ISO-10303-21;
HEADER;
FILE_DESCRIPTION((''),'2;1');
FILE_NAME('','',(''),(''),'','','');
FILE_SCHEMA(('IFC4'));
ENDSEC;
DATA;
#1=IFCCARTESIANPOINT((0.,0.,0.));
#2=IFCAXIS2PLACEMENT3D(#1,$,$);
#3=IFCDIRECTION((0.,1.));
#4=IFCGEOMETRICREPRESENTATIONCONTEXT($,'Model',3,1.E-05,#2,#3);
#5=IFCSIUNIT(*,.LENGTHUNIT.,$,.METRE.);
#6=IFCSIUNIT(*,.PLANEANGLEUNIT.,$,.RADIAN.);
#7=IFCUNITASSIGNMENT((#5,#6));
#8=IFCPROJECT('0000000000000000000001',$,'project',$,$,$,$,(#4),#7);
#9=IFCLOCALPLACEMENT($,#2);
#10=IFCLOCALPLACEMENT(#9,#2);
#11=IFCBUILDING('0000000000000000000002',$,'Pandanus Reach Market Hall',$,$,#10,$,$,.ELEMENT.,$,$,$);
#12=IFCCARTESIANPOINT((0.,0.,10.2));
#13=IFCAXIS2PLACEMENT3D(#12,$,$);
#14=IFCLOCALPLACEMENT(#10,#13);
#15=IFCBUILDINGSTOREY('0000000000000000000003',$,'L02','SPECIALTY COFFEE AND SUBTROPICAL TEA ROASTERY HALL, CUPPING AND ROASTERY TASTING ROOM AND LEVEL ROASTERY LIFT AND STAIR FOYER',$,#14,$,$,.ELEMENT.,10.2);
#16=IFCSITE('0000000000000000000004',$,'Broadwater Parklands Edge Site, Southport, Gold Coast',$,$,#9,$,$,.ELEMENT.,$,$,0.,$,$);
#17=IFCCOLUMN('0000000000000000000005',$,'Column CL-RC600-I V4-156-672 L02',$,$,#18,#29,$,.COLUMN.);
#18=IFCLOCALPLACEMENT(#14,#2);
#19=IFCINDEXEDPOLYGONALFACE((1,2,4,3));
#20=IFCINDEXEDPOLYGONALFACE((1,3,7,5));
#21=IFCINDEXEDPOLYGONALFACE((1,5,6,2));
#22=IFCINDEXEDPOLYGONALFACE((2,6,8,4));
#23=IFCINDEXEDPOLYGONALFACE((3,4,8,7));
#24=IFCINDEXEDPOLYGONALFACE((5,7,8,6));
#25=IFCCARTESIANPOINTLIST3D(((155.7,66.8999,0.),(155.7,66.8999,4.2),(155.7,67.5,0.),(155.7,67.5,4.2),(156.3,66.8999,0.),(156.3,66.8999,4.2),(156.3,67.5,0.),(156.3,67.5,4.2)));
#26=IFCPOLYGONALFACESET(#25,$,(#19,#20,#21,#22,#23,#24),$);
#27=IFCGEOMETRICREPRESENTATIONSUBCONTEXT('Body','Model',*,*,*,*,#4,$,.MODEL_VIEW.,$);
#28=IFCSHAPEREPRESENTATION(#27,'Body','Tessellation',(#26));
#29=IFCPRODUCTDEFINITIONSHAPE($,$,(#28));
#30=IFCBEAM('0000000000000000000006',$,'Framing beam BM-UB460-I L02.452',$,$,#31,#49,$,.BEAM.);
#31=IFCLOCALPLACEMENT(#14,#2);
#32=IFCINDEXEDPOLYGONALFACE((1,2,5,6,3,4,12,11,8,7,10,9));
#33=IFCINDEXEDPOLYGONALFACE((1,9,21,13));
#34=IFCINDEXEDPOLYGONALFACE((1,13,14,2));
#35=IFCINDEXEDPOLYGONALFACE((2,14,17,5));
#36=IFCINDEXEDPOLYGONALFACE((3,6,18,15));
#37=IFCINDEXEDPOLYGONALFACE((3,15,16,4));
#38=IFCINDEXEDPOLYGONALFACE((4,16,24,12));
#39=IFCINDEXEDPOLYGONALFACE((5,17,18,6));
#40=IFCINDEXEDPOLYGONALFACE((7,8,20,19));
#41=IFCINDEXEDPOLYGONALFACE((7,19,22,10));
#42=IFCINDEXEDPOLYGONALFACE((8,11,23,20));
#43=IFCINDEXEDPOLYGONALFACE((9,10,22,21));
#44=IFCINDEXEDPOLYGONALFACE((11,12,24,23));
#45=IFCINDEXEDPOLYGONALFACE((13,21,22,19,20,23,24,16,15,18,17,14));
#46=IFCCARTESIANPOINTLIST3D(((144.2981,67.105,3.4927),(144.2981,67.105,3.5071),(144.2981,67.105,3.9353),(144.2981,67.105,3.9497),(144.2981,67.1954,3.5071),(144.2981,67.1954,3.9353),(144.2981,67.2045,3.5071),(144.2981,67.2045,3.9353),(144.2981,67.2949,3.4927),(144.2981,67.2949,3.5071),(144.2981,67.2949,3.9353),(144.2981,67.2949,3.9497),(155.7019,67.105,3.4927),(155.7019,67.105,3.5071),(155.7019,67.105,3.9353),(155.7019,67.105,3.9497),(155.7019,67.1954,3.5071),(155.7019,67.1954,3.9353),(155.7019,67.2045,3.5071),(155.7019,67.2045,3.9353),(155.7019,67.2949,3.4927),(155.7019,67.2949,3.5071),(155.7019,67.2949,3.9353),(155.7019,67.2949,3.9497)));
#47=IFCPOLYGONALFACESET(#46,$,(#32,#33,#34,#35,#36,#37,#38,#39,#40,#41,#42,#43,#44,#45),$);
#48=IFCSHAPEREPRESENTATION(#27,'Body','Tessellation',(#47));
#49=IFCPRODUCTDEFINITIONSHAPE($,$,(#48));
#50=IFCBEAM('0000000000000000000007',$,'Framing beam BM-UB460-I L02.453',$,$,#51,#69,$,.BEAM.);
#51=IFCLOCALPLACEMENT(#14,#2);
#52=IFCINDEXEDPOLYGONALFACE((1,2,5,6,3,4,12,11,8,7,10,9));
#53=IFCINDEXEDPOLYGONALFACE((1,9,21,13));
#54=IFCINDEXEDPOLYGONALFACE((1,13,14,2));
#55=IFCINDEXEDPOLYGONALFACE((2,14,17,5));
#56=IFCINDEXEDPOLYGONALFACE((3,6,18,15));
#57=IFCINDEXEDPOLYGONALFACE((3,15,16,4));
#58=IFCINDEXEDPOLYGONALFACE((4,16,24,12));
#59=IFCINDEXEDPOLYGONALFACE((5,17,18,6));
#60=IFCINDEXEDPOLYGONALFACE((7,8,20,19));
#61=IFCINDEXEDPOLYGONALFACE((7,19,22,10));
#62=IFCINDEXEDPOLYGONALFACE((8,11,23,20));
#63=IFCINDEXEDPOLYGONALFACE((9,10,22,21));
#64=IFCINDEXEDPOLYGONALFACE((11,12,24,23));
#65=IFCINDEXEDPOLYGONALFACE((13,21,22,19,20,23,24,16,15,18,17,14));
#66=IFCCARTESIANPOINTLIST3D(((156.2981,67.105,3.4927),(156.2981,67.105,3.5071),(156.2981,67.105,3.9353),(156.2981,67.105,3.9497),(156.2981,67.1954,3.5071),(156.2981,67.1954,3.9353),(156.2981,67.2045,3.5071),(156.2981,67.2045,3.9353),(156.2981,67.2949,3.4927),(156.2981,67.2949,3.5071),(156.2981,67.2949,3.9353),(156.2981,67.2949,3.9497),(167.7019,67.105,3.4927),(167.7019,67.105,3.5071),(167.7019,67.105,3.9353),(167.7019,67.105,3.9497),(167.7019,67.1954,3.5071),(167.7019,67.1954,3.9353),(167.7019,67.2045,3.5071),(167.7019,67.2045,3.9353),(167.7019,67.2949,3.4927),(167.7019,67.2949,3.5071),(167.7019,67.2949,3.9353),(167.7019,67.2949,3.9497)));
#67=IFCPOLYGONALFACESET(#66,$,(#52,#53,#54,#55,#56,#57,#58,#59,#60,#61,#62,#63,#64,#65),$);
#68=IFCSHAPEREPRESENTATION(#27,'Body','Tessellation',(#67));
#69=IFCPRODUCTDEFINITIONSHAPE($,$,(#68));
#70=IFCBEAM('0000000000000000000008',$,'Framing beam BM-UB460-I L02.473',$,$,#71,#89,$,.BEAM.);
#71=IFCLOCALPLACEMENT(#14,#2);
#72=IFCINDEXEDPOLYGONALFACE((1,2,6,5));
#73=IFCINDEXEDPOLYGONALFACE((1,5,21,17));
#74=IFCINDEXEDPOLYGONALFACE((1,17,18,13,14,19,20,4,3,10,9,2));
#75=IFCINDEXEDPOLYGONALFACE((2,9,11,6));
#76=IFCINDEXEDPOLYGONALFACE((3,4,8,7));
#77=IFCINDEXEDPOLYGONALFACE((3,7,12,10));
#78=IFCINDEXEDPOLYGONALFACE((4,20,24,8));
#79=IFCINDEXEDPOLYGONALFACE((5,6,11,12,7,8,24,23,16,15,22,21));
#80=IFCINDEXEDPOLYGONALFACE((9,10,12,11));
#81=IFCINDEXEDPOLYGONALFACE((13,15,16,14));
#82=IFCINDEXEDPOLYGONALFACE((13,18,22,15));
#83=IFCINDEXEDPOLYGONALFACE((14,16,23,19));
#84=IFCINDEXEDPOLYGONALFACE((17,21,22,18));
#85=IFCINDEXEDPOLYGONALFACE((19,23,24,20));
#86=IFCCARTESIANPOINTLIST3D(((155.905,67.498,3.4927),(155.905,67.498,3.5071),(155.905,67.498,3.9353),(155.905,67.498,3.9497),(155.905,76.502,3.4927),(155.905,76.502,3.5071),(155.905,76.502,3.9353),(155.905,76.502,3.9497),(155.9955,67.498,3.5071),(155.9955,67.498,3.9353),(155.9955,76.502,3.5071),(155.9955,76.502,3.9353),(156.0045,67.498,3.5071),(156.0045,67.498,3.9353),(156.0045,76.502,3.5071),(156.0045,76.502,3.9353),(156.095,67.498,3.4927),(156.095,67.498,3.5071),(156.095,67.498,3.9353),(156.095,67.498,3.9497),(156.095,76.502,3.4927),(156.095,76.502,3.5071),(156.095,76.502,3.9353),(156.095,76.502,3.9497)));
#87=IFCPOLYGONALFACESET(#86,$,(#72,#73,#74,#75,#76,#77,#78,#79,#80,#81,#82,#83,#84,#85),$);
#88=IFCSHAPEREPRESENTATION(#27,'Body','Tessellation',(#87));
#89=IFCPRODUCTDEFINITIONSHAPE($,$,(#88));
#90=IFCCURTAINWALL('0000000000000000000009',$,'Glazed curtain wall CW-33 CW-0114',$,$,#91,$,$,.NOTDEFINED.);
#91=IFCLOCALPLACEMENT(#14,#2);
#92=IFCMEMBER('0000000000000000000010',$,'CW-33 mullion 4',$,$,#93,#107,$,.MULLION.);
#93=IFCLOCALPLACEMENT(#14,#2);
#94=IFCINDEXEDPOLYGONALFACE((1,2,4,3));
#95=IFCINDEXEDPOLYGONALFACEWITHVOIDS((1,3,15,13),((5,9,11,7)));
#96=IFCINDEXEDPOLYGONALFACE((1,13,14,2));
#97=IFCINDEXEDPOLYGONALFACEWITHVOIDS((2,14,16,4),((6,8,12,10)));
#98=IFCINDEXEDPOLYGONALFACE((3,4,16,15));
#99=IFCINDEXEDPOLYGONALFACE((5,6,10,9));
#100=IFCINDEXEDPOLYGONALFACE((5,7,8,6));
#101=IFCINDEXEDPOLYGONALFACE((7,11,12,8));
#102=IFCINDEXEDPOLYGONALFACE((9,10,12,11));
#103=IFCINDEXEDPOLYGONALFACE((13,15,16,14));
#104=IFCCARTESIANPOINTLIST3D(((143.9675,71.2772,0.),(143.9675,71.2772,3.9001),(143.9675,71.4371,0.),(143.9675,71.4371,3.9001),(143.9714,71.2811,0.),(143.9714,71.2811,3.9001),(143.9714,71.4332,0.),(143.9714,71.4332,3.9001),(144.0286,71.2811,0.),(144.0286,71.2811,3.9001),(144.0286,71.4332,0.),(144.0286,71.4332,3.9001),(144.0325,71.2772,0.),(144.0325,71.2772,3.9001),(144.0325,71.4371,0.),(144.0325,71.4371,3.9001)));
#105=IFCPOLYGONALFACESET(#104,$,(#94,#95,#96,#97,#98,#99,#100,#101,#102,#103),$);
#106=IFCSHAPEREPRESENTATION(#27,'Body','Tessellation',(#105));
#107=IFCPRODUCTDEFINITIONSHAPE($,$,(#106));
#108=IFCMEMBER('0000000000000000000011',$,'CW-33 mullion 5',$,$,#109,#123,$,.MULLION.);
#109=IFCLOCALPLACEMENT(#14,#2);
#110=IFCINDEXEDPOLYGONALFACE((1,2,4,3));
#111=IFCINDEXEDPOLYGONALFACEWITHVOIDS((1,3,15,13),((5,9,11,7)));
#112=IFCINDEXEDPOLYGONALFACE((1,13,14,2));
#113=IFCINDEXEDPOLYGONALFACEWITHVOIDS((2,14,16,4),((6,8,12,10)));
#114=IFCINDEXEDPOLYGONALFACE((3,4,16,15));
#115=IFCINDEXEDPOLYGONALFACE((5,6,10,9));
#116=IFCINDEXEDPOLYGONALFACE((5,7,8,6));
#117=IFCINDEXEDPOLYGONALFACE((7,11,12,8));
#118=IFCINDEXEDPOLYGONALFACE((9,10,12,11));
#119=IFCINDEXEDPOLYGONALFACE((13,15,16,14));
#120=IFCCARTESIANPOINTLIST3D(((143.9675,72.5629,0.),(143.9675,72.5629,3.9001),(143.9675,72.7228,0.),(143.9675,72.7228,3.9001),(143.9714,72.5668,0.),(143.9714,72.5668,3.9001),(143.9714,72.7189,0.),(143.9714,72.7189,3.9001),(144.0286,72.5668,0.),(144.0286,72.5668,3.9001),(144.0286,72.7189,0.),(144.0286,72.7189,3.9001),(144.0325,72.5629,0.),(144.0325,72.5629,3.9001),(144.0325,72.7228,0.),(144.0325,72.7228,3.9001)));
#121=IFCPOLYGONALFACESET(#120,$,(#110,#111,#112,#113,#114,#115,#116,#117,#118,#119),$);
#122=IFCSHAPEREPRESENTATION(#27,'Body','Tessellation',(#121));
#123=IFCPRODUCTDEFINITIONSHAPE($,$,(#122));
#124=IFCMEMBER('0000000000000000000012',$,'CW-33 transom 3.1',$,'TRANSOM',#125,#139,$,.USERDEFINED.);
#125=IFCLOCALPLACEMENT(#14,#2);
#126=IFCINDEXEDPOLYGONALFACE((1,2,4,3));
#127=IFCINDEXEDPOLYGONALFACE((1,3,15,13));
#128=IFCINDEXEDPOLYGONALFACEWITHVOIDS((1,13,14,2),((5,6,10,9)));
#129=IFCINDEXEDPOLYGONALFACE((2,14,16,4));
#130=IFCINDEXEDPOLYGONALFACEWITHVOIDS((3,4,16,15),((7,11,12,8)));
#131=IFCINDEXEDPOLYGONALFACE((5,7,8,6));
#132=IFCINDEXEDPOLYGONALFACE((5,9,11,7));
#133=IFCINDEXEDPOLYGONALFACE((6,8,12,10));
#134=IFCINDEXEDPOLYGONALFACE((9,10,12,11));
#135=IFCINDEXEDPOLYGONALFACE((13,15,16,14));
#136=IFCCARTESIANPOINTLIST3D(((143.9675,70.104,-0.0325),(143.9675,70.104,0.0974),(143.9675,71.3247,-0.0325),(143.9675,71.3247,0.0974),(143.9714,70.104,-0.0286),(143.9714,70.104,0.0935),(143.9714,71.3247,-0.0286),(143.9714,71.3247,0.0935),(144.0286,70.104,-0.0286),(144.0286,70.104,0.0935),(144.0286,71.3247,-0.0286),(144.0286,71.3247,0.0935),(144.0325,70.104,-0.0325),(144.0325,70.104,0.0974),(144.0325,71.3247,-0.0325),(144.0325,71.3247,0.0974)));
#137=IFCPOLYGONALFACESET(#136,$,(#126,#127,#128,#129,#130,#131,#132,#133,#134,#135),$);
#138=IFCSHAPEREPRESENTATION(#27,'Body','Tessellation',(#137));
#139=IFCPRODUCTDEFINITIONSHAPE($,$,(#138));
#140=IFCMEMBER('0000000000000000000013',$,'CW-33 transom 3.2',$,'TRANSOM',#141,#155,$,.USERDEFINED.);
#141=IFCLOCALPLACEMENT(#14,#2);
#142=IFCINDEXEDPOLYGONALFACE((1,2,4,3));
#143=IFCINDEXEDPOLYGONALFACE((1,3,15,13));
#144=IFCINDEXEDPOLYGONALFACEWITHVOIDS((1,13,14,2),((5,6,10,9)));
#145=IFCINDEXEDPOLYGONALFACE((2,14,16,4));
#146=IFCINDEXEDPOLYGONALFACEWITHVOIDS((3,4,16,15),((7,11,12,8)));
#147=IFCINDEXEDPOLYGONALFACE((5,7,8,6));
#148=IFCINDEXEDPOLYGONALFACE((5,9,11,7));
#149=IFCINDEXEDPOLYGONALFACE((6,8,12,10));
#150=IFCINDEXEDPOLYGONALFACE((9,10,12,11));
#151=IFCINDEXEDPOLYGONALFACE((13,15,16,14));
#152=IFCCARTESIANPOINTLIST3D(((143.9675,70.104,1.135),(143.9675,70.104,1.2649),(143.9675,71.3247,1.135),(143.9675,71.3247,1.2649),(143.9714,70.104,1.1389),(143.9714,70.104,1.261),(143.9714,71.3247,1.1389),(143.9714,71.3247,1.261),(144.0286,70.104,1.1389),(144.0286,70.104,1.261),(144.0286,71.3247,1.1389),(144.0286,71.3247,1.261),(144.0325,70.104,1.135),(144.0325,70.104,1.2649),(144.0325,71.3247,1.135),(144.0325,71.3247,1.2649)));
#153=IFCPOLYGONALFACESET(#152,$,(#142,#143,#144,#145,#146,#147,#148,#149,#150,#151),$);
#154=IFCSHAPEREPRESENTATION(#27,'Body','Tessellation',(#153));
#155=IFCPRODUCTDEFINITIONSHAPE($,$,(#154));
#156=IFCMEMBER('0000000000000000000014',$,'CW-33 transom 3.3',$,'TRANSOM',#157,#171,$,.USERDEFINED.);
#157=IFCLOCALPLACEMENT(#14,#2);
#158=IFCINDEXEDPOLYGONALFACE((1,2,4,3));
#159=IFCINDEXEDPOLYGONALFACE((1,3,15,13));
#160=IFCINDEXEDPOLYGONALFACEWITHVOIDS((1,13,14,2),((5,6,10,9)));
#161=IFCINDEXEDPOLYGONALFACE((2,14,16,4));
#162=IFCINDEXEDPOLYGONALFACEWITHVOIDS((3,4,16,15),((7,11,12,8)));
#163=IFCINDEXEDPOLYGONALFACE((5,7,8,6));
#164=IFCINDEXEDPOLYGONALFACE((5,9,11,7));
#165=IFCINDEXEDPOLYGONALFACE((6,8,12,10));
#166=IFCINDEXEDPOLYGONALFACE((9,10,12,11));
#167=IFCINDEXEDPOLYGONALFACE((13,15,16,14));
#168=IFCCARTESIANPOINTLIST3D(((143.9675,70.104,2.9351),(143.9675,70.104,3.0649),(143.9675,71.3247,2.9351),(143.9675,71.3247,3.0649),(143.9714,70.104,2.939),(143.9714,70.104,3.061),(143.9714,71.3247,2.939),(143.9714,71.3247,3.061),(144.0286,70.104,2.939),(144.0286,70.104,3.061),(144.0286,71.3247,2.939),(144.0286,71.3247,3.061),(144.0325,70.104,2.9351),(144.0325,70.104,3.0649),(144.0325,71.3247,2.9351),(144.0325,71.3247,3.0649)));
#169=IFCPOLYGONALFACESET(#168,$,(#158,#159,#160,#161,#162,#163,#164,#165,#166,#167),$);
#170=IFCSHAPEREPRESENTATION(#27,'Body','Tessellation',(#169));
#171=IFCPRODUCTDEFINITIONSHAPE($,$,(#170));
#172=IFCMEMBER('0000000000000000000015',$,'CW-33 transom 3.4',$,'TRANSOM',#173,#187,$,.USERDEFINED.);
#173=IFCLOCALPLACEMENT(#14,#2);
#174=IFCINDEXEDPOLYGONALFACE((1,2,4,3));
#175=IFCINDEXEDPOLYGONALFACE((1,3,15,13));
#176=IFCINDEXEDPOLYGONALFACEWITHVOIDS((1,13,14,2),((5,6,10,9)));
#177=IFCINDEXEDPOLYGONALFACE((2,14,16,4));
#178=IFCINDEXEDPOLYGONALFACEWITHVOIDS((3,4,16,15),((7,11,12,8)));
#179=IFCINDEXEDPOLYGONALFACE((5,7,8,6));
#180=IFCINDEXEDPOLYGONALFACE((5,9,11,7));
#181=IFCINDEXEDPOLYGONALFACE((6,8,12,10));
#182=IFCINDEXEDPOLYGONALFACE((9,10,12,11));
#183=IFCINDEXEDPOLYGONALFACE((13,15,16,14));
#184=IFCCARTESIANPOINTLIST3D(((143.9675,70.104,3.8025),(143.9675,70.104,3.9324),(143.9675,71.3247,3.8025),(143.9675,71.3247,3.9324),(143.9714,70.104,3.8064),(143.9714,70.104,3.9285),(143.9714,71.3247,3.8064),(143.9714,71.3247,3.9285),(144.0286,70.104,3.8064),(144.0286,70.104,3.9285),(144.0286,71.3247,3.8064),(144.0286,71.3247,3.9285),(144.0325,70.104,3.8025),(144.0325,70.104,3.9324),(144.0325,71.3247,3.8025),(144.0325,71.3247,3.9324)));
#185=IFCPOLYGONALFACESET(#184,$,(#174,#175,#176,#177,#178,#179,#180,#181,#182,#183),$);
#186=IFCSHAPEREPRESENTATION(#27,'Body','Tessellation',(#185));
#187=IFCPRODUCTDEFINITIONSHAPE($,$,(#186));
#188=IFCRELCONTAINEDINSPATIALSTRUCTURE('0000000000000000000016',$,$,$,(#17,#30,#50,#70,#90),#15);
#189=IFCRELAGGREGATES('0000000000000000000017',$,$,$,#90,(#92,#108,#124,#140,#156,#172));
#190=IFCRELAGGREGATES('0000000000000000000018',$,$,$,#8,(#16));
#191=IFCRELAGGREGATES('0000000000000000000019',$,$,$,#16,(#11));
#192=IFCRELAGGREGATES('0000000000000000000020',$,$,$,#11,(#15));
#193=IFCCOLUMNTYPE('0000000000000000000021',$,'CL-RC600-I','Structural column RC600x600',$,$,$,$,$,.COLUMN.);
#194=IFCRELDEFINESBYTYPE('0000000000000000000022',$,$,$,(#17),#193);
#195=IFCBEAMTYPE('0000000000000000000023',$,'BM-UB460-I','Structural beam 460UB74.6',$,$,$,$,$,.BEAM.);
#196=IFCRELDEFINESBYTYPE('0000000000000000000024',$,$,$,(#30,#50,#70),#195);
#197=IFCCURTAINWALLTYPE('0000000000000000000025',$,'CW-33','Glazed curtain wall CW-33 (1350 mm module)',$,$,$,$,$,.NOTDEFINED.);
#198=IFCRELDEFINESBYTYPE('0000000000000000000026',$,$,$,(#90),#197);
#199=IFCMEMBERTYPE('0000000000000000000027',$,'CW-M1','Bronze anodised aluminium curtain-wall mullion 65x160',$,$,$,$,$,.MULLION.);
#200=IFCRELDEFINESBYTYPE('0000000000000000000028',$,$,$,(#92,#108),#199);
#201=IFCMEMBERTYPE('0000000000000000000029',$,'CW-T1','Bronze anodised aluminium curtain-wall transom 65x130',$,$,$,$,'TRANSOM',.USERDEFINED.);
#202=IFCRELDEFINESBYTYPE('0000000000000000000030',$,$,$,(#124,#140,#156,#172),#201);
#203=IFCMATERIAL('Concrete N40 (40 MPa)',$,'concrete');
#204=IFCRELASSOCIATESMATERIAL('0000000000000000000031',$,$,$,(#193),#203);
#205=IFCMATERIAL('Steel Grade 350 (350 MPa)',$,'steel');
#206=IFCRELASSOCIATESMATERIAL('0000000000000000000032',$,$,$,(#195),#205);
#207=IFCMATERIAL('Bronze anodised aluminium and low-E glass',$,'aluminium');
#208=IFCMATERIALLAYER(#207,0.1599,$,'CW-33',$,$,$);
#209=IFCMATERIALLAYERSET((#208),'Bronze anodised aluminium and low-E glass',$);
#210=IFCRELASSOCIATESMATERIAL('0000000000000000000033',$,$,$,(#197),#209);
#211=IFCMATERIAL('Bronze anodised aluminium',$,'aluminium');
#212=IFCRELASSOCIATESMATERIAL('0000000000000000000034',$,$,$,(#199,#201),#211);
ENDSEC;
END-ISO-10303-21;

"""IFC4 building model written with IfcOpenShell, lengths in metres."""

from ifc_helpers import new_model, si_unit, direction, frame, origin, origin_2d, place, context, subcontext, project, spatial, rectangle, hollow_rectangle, i_section, extrude, material, layer, layer_set, material_profile, profile_set, type_object, element, aggregate, save


model = new_model("IFC4")

# Units and contexts
model_context = context("Model", 3, precision=1e-05, world=origin(), true_north=direction((0.0, 1.0)))
body_context = subcontext(model_context, "Body", "Model", "MODEL_VIEW")
ifc_project = project(units=[si_unit("LENGTHUNIT", "METRE"), si_unit("PLANEANGLEUNIT", "RADIAN")], contexts=[model_context])

# Site, building, storey
site_placement = place(None, origin())
site = spatial("IfcSite", under=ifc_project, at=site_placement, Name="Broadwater Parklands Edge Site, Southport, Gold Coast", CompositionType="ELEMENT", RefElevation=0.0)
building_placement = place(site_placement, origin())
building = spatial("IfcBuilding", under=site, at=building_placement, Name="Pandanus Reach Market Hall", CompositionType="ELEMENT")
storey_placement = place(building_placement, frame((0.0, 0.0, 10.2)))
storey = spatial("IfcBuildingStorey", under=building, at=storey_placement, Name="L02", Description="SPECIALTY COFFEE AND SUBTROPICAL TEA ROASTERY HALL, CUPPING AND ROASTERY TASTING ROOM AND LEVEL ROASTERY LIFT AND STAIR FOYER", CompositionType="ELEMENT", Elevation=10.2)

# Column
ifc_material_1 = material(Name="Concrete N40 (40 MPa)", Category="concrete")
ifc_material_profile_1 = material_profile(ifc_material_1, rectangle(XDim=0.6001, YDim=0.6001, at=origin_2d()), Name="RC600x600", Category="LoadBearing")
ifc_profile_set_1 = profile_set([ifc_material_profile_1], Name="Concrete N40 (40 MPa)")
column_type = type_object("IfcColumnType", Name="CL-RC600-I", Description="Structural column RC600x600", PredefinedType="COLUMN", material=ifc_profile_set_1)
column_placement = place(storey_placement, frame((156.0, 67.2, 0.0), z_axis=(0.0, 0.0, 1.0), x_axis=(1.0, 0.0, 0.0)))
element("IfcColumn", 1, at=column_placement, inside=storey, type_object=column_type, Name="Column CL-RC600-I V4-156-672 L02", PredefinedType="COLUMN", context=body_context, shape_type="SweptSolid", body=[
    extrude(rectangle(XDim=0.6001, YDim=0.6001, at=origin_2d()), origin(), (0.0, 0.0, 1.0), 4.2),
])

# Beams
ifc_material_2 = material(Name="Steel Grade 350 (350 MPa)", Category="steel")
ifc_material_profile_2 = material_profile(ifc_material_2, i_section(OverallWidth=0.1899, OverallDepth=0.457, WebThickness=0.009, FlangeThickness=0.0144, at=origin_2d()), Name="460UB74.6", Category="LoadBearing")
ifc_profile_set_2 = profile_set([ifc_material_profile_2], Name="Steel Grade 350 (350 MPa)")
beam_type_1 = type_object("IfcBeamType", Name="BM-UB460-I", Description="Structural beam 460UB74.6", PredefinedType="BEAM", material=ifc_profile_set_2)
for number, where, z_axis, x_axis, name in (
    (2, (144.2981, 67.2, 3.7212), (1.0, 0.0, 0.0), (0.0, 1.0, 0.0), "Framing beam BM-UB460-I L02.452"),
    (3, (156.2981, 67.2, 3.7212), (1.0, 0.0, 0.0), (0.0, 1.0, 0.0), "Framing beam BM-UB460-I L02.453"),
):
    element("IfcBeam", number, at=place(storey_placement, frame(where, z_axis=z_axis, x_axis=x_axis)), inside=storey, type_object=beam_type_1, Name=name, PredefinedType="BEAM", context=body_context, shape_type="SweptSolid", body=[
        extrude(i_section(OverallWidth=0.1899, OverallDepth=0.457, WebThickness=0.009, FlangeThickness=0.0144, at=origin_2d()), origin(), (0.0, 0.0, 1.0), 11.4038),
    ])
beam_placement = place(storey_placement, frame((156.0, 67.498, 3.7212), z_axis=(0.0, 1.0, 0.0), x_axis=(-1.0, 0.0, 0.0)))
element("IfcBeam", 4, at=beam_placement, inside=storey, type_object=beam_type_1, Name="Framing beam BM-UB460-I L02.473", PredefinedType="BEAM", context=body_context, shape_type="SweptSolid", body=[
    extrude(i_section(OverallWidth=0.1899, OverallDepth=0.457, WebThickness=0.009, FlangeThickness=0.0144, at=origin_2d()), origin(), (0.0, 0.0, 1.0), 9.0039),
])

# Curtain wall, members
ifc_material_3 = material(Name="Bronze anodised aluminium and low-E glass", Category="aluminium")
ifc_layer_1 = layer(ifc_material_3, 0.1599, Name="CW-33")
ifc_layer_set_1 = layer_set([ifc_layer_1], Name="Bronze anodised aluminium and low-E glass")
curtain_wall_type = type_object("IfcCurtainWallType", Name="CW-33", Description="Glazed curtain wall CW-33 (1350 mm module)", PredefinedType="NOTDEFINED", material=ifc_layer_set_1)
curtain_wall_placement = place(storey_placement, origin())
curtain_wall = element("IfcCurtainWall", 5, at=curtain_wall_placement, inside=storey, type_object=curtain_wall_type, Name="Glazed curtain wall CW-33 CW-0114", PredefinedType="NOTDEFINED")
ifc_material_4 = material(Name="Bronze anodised aluminium", Category="aluminium")
ifc_material_profile_3 = material_profile(ifc_material_4, hollow_rectangle(XDim=0.0649, YDim=0.1599, WallThickness=0.0039, at=origin_2d()), Name="ALU65x160", Category="LoadBearing")
ifc_profile_set_3 = profile_set([ifc_material_profile_3], Name="Bronze anodised aluminium")
member_type_1 = type_object("IfcMemberType", Name="CW-M1", Description="Bronze anodised aluminium curtain-wall mullion 65x160", PredefinedType="MULLION", material=ifc_profile_set_3)
member_1_placement = place(storey_placement, frame((144.0, 71.3572, 0.0), z_axis=(0.0, 0.0, 1.0), x_axis=(-1.0, 0.0, 0.0)))
member_1 = element("IfcMember", 6, at=member_1_placement, type_object=member_type_1, Name="CW-33 mullion 4", PredefinedType="MULLION", context=body_context, shape_type="SweptSolid", body=[
    extrude(hollow_rectangle(XDim=0.0649, YDim=0.1599, WallThickness=0.0039, at=origin_2d()), origin(), (0.0, 0.0, 1.0), 3.9001),
])
member_2_placement = place(storey_placement, frame((144.0, 72.6428, 0.0), z_axis=(0.0, 0.0, 1.0), x_axis=(-1.0, 0.0, 0.0)))
member_2 = element("IfcMember", 7, at=member_2_placement, type_object=member_type_1, Name="CW-33 mullion 5", PredefinedType="MULLION", context=body_context, shape_type="SweptSolid", body=[
    extrude(hollow_rectangle(XDim=0.0649, YDim=0.1599, WallThickness=0.0039, at=origin_2d()), origin(), (0.0, 0.0, 1.0), 3.9001),
])
ifc_material_profile_4 = material_profile(ifc_material_4, hollow_rectangle(XDim=0.0649, YDim=0.1299, WallThickness=0.0039, at=origin_2d()), Name="ALU65x130", Category="LoadBearing")
ifc_profile_set_4 = profile_set([ifc_material_profile_4], Name="Bronze anodised aluminium")
member_type_2 = type_object("IfcMemberType", Name="CW-T1", Description="Bronze anodised aluminium curtain-wall transom 65x130", ElementType="TRANSOM", PredefinedType="USERDEFINED", material=ifc_profile_set_4)
member_3_placement = place(storey_placement, frame((144.0, 70.104, 0.0325), z_axis=(0.0, 1.0, 0.0), x_axis=(-1.0, 0.0, 0.0)))
member_3 = element("IfcMember", 8, at=member_3_placement, type_object=member_type_2, Name="CW-33 transom 3.1", ObjectType="TRANSOM", PredefinedType="USERDEFINED", context=body_context, shape_type="SweptSolid", body=[
    extrude(hollow_rectangle(XDim=0.0649, YDim=0.1299, WallThickness=0.0039, at=origin_2d()), origin(), (0.0, 0.0, 1.0), 1.2207),
])
member_4_placement = place(storey_placement, frame((144.0, 70.104, 1.2), z_axis=(0.0, 1.0, 0.0), x_axis=(-1.0, 0.0, 0.0)))
member_4 = element("IfcMember", 9, at=member_4_placement, type_object=member_type_2, Name="CW-33 transom 3.2", ObjectType="TRANSOM", PredefinedType="USERDEFINED", context=body_context, shape_type="SweptSolid", body=[
    extrude(hollow_rectangle(XDim=0.0649, YDim=0.1299, WallThickness=0.0039, at=origin_2d()), origin(), (0.0, 0.0, 1.0), 1.2207),
])
member_5_placement = place(storey_placement, frame((144.0, 70.104, 3.0), z_axis=(0.0, 1.0, 0.0), x_axis=(-1.0, 0.0, 0.0)))
member_5 = element("IfcMember", 10, at=member_5_placement, type_object=member_type_2, Name="CW-33 transom 3.3", ObjectType="TRANSOM", PredefinedType="USERDEFINED", context=body_context, shape_type="SweptSolid", body=[
    extrude(hollow_rectangle(XDim=0.0649, YDim=0.1299, WallThickness=0.0039, at=origin_2d()), origin(), (0.0, 0.0, 1.0), 1.2207),
])
member_6_placement = place(storey_placement, frame((144.0, 70.104, 3.8674), z_axis=(0.0, 1.0, 0.0), x_axis=(-1.0, 0.0, 0.0)))
member_6 = element("IfcMember", 11, at=member_6_placement, type_object=member_type_2, Name="CW-33 transom 3.4", ObjectType="TRANSOM", PredefinedType="USERDEFINED", context=body_context, shape_type="SweptSolid", body=[
    extrude(hollow_rectangle(XDim=0.0649, YDim=0.1299, WallThickness=0.0039, at=origin_2d()), origin(), (0.0, 0.0, 1.0), 1.2207),
])

aggregate(curtain_wall, [member_1, member_2, member_3, member_4, member_5, member_6])

save(model, "model.ifc")
